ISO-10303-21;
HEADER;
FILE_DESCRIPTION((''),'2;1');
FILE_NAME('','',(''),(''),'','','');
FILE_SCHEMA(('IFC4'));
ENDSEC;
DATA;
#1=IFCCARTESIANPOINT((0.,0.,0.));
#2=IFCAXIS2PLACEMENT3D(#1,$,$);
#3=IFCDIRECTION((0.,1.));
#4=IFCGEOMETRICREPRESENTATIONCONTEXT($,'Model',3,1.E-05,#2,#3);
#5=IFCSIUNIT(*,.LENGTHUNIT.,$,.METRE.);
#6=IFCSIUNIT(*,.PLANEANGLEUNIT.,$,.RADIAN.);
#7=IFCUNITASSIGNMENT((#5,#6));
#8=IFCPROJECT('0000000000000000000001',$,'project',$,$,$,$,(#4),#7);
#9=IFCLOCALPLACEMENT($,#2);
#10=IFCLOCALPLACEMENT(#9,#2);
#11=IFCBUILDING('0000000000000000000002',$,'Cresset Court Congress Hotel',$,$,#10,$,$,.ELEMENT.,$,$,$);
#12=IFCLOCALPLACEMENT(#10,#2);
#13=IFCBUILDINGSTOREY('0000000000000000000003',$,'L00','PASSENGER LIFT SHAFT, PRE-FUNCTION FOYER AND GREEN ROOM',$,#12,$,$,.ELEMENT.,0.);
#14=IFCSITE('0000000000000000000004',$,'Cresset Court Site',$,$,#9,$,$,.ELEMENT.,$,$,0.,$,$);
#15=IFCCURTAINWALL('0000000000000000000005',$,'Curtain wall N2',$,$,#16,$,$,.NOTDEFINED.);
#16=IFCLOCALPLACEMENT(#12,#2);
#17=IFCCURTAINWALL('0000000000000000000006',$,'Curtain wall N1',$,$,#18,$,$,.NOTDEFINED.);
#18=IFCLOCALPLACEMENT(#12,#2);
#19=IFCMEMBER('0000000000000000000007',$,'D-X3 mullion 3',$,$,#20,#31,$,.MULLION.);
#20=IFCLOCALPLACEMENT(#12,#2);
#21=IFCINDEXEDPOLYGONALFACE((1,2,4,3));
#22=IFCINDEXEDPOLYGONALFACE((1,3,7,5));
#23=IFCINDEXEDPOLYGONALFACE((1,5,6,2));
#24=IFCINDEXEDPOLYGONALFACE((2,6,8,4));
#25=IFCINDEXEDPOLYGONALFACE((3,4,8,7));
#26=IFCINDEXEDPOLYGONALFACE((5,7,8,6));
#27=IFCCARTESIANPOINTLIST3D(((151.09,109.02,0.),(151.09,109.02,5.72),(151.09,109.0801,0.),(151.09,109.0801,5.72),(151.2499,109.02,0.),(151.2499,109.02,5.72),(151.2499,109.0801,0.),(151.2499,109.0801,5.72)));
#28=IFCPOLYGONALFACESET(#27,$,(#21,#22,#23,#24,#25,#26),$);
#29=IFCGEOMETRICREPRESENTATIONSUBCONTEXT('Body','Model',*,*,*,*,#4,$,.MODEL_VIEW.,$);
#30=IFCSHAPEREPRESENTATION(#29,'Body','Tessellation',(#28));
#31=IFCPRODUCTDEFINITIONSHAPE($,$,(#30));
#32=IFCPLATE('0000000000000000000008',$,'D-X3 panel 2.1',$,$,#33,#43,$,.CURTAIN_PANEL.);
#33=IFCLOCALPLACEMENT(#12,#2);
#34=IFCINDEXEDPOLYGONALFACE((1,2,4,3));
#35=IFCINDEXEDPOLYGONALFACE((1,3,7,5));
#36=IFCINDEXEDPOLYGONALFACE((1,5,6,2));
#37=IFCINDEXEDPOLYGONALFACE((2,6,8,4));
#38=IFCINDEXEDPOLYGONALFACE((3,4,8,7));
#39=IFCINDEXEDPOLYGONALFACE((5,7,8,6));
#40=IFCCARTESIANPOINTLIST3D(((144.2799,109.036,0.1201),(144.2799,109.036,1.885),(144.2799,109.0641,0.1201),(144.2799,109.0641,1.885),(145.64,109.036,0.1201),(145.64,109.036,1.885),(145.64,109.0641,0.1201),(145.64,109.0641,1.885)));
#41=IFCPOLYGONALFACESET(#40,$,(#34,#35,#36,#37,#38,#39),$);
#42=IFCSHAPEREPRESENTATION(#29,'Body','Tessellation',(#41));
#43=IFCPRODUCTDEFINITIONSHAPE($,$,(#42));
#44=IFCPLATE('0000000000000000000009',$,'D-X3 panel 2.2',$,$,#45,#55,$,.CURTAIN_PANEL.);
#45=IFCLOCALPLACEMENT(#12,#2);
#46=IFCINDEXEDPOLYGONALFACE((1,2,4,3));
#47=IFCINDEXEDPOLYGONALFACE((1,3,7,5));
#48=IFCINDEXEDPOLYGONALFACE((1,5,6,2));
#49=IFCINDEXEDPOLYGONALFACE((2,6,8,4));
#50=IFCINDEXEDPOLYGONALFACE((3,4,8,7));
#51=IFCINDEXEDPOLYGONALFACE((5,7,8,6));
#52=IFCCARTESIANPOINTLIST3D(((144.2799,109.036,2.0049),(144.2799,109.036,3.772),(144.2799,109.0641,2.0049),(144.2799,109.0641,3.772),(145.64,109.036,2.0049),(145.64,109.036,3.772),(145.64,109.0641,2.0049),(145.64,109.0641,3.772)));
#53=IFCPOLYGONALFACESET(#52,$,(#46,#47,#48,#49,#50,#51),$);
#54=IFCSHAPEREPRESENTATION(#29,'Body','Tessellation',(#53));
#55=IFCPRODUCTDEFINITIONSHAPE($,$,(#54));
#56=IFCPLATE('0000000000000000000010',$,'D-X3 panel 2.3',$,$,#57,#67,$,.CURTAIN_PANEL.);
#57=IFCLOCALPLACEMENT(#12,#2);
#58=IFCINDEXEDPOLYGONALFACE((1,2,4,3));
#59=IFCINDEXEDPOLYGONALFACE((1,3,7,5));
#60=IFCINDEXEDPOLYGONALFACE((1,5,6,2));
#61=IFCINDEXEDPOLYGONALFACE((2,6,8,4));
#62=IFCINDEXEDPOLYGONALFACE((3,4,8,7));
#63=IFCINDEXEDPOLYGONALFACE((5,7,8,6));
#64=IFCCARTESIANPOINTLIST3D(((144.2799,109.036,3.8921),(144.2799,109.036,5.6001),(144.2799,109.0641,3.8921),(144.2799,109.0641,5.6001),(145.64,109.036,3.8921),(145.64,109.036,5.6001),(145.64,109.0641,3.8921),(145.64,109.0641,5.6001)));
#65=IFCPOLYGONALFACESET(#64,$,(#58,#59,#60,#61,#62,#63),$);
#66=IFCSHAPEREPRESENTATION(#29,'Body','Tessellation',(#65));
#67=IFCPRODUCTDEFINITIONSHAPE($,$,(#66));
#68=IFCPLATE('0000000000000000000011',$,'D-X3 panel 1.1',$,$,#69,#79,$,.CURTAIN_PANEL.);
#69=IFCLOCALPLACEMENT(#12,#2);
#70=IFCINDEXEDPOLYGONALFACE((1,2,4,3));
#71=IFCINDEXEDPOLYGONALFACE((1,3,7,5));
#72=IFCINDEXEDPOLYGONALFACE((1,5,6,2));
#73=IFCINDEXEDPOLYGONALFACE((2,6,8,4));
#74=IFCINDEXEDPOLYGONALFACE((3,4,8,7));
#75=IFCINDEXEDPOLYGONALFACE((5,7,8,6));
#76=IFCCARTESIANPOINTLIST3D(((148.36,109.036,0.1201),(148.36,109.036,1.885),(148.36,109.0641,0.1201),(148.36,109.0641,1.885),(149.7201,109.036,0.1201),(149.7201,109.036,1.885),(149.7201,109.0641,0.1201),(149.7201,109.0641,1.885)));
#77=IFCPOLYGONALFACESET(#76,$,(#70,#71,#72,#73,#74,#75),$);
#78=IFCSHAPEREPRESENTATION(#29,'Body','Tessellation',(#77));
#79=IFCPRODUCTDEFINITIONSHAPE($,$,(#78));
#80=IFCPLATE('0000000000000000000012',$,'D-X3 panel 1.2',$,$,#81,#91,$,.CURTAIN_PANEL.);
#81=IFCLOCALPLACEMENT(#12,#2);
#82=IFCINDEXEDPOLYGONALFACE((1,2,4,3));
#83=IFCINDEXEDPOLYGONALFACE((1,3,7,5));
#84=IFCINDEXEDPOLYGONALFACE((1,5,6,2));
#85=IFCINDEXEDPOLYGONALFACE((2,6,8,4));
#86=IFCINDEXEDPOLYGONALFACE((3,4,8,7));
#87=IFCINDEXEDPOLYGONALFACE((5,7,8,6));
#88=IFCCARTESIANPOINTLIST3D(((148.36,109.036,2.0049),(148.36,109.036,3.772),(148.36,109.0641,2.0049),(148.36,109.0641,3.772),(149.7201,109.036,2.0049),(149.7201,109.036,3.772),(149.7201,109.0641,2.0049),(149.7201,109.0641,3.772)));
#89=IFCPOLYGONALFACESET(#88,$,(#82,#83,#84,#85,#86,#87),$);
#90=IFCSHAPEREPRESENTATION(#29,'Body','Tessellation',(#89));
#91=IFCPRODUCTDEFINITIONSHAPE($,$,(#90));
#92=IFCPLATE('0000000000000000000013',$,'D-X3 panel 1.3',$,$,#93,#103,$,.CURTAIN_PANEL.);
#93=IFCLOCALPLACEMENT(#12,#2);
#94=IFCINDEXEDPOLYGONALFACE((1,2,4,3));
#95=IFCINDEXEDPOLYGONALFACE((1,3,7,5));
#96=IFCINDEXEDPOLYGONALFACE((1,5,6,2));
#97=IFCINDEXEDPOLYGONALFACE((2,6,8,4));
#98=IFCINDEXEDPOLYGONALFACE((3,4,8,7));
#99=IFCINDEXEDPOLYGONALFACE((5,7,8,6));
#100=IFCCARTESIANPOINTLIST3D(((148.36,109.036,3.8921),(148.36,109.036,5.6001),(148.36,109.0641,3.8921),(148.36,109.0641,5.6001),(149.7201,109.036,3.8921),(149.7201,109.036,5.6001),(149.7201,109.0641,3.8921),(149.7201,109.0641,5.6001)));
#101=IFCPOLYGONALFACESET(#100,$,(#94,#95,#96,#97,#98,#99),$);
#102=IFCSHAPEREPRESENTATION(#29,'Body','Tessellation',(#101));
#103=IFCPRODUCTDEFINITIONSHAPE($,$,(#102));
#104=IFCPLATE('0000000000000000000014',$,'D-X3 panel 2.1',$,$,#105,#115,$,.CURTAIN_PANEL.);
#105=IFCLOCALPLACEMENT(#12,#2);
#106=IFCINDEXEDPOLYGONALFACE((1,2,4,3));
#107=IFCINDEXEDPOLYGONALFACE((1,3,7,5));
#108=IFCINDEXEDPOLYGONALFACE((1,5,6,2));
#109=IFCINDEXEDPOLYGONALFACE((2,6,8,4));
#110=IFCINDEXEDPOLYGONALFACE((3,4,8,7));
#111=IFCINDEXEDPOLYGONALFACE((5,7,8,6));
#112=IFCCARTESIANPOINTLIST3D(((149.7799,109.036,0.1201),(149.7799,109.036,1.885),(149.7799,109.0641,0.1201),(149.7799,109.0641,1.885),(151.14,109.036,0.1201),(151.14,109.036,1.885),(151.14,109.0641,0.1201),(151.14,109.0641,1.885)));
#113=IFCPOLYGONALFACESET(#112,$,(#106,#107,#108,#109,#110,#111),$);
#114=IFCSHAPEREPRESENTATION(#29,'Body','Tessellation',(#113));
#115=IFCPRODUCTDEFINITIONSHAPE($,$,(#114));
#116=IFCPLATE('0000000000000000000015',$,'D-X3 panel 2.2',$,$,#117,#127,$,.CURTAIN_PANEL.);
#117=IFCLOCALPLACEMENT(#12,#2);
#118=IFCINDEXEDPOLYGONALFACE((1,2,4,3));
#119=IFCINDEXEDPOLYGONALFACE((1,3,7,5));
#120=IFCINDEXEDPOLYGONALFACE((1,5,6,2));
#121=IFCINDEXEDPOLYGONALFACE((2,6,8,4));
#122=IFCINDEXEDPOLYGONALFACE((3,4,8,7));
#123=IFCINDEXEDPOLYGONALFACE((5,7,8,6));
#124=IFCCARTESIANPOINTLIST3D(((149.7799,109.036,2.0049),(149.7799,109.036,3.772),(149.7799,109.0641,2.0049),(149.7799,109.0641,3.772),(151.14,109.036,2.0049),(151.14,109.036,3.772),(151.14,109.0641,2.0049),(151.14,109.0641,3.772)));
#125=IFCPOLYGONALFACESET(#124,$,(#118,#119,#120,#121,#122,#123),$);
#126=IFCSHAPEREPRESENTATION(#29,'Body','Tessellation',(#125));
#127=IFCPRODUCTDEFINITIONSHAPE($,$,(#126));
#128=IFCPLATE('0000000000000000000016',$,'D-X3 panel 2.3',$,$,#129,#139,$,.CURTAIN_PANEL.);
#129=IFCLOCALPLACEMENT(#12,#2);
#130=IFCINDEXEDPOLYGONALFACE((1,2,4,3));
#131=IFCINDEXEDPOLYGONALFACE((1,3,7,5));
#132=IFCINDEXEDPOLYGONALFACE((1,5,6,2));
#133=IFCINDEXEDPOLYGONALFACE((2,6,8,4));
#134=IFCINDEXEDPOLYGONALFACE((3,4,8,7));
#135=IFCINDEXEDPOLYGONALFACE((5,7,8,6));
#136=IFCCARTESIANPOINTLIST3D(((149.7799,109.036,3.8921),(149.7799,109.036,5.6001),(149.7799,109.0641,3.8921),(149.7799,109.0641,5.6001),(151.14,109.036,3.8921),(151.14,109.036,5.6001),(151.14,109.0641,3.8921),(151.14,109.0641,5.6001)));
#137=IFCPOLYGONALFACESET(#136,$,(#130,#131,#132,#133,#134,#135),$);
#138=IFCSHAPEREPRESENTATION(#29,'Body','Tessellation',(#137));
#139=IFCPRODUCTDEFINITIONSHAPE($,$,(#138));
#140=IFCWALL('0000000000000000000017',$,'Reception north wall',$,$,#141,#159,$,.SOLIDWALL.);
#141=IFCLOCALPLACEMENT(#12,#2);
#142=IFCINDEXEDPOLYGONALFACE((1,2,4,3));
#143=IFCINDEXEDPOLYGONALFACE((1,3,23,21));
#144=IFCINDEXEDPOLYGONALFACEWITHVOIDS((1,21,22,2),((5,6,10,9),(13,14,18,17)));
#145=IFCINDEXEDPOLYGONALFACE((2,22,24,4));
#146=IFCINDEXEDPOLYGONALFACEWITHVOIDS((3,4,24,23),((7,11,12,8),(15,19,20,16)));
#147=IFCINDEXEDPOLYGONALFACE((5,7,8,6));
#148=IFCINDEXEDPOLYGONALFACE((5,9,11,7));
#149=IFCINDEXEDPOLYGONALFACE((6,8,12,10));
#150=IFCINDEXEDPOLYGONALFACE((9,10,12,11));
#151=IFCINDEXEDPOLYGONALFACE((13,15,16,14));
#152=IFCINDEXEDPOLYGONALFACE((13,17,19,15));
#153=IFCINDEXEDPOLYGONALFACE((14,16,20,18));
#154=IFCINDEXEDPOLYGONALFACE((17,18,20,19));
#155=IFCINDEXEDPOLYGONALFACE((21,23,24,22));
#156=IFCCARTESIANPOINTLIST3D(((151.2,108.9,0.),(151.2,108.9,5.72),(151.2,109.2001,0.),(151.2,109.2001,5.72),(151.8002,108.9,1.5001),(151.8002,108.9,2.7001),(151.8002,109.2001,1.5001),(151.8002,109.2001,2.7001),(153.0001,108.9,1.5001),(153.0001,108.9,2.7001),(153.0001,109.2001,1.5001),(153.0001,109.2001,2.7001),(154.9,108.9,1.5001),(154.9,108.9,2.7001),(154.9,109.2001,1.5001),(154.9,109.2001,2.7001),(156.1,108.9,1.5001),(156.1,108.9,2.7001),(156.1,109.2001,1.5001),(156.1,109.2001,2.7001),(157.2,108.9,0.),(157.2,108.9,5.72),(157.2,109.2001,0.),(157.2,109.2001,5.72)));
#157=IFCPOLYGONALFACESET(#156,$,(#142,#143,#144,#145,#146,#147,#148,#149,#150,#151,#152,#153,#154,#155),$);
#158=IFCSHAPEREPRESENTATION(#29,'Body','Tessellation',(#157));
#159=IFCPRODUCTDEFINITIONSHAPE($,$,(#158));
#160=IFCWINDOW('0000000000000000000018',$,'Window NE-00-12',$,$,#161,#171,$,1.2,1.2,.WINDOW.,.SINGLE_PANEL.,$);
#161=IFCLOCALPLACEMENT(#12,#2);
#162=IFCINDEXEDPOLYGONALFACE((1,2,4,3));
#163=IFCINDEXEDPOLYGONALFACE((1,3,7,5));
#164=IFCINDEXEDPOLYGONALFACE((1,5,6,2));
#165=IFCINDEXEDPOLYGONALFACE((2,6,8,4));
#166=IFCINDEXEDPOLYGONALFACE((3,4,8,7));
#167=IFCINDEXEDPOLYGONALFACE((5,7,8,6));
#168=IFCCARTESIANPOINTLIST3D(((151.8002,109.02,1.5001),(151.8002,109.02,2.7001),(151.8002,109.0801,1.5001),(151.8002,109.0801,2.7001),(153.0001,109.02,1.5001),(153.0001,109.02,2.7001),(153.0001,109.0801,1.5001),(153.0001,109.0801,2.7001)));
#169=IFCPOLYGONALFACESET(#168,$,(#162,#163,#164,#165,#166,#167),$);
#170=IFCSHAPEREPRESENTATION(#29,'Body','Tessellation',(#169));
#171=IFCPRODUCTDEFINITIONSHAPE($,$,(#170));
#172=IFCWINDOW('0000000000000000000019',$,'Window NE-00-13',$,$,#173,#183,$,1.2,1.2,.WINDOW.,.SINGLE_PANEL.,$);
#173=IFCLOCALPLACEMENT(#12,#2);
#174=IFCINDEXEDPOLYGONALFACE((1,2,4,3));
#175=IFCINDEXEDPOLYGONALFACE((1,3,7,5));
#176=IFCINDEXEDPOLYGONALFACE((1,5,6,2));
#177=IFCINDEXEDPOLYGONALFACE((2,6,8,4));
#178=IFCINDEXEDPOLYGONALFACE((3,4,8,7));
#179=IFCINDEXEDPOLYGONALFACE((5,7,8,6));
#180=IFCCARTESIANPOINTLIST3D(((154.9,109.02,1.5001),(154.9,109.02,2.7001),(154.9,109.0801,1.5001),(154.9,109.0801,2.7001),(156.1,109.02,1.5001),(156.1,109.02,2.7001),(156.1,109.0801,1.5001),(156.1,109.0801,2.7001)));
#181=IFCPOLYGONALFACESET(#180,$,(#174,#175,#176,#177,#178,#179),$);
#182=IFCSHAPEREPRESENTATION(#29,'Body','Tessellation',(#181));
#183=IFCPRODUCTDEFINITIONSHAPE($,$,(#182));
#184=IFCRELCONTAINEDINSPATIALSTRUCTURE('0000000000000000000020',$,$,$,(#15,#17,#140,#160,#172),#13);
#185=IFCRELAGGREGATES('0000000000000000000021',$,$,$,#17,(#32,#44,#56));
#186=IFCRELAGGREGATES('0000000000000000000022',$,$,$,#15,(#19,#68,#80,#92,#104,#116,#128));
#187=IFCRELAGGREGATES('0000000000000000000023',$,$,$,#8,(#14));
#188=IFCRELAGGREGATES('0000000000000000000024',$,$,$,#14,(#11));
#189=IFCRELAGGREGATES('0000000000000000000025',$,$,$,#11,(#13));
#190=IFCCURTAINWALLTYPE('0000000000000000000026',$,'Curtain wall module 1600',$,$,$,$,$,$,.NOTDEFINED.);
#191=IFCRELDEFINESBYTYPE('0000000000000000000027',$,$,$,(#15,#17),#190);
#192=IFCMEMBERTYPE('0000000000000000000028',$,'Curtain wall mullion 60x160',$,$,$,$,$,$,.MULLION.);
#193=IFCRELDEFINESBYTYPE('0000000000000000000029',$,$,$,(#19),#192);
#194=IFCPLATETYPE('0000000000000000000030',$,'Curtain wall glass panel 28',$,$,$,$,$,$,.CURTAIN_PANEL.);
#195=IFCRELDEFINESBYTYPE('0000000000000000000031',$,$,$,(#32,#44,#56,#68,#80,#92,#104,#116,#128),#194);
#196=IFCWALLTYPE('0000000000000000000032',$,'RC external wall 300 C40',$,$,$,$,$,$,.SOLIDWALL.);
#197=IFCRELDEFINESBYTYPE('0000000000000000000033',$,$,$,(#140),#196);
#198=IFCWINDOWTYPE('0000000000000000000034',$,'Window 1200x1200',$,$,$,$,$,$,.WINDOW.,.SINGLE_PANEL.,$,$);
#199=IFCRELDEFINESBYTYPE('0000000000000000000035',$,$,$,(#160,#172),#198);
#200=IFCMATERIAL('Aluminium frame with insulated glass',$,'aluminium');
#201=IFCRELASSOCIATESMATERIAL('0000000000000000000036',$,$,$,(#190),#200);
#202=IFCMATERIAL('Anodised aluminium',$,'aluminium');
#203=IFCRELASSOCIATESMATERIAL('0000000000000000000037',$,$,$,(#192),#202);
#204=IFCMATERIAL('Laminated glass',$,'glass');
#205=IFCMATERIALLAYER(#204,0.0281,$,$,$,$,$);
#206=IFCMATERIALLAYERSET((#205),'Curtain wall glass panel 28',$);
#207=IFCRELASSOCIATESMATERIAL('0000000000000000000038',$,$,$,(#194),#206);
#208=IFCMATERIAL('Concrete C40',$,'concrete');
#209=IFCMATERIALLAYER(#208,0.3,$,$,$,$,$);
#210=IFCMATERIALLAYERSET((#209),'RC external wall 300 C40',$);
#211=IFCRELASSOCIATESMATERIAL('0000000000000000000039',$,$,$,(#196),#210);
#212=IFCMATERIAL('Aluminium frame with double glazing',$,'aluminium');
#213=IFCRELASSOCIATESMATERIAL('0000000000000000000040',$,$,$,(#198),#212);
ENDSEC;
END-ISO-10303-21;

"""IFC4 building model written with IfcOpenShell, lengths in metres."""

from ifc_helpers import new_model, si_unit, direction, frame, frame_2d, origin, origin_2d, place, context, subcontext, project, spatial, rectangle, extrude, material, layer, layer_set, material_profile, profile_set, type_object, element, fill, aggregate, save


model = new_model("IFC4")

# Units and contexts
model_context = context("Model", 3, precision=1e-05, world=origin(), true_north=direction((0.0, 1.0)))
body_context = subcontext(model_context, "Body", "Model", "MODEL_VIEW")
ifc_project = project(units=[si_unit("LENGTHUNIT", "METRE"), si_unit("PLANEANGLEUNIT", "RADIAN")], contexts=[model_context])

# Site, building, storey
site_placement = place(None, origin())
site = spatial("IfcSite", under=ifc_project, at=site_placement, Name="Cresset Court Site", CompositionType="ELEMENT", RefElevation=0.0)
building_placement = place(site_placement, origin())
building = spatial("IfcBuilding", under=site, at=building_placement, Name="Cresset Court Congress Hotel", CompositionType="ELEMENT")
storey_placement = place(building_placement, origin())
storey = spatial("IfcBuildingStorey", under=building, at=storey_placement, Name="L00", Description="PASSENGER LIFT SHAFT, PRE-FUNCTION FOYER AND GREEN ROOM", CompositionType="ELEMENT", Elevation=0.0)

# Curtain wall
ifc_material_1 = material(Name="Aluminium frame with insulated glass", Category="aluminium")
curtain_wall_type = type_object("IfcCurtainWallType", Name="Curtain wall module 1600", PredefinedType="NOTDEFINED", material=ifc_material_1)
curtain_wall_1_placement = place(storey_placement, origin())
curtain_wall_1 = element("IfcCurtainWall", 1, at=curtain_wall_1_placement, inside=storey, type_object=curtain_wall_type, Name="Curtain wall N2", PredefinedType="NOTDEFINED")

# Curtain wall
curtain_wall_2_placement = place(storey_placement, origin())
curtain_wall_2 = element("IfcCurtainWall", 2, at=curtain_wall_2_placement, inside=storey, type_object=curtain_wall_type, Name="Curtain wall N1", PredefinedType="NOTDEFINED")
ifc_material_2 = material(Name="Anodised aluminium", Category="aluminium")
ifc_material_profile_1 = material_profile(ifc_material_2, rectangle(XDim=0.0601, YDim=0.1599, at=origin_2d()), Name="AL60x160")
ifc_profile_set_1 = profile_set([ifc_material_profile_1], Name="Anodised aluminium")
member_type_1 = type_object("IfcMemberType", Name="Curtain wall mullion 60x160", PredefinedType="MULLION", material=ifc_profile_set_1)

# Member
member_1_placement = place(storey_placement, frame((151.1699, 109.05, 0.0), z_axis=(0.0, 0.0, 1.0), x_axis=(0.0, 1.0, 0.0)))
member_1 = element("IfcMember", 3, at=member_1_placement, type_object=member_type_1, Name="D-X3 mullion 3", PredefinedType="MULLION", context=body_context, shape_type="SweptSolid", body=[
    extrude(rectangle(XDim=0.0601, YDim=0.1599, at=origin_2d()), origin(), (0.0, 0.0, 1.0), 5.72),
])

# Plates
ifc_material_3 = material(Name="Laminated glass", Category="glass")
ifc_layer_1 = layer(ifc_material_3, 0.0281)
ifc_layer_set_1 = layer_set([ifc_layer_1], Name="Curtain wall glass panel 28")
plate_type = type_object("IfcPlateType", Name="Curtain wall glass panel 28", PredefinedType="CURTAIN_PANEL", material=ifc_layer_set_1)
plate_1_placement = place(storey_placement, frame((144.96, 109.05, 0.1201), z_axis=(0.0, 0.0, 1.0), x_axis=(1.0, 0.0, 0.0)))
plate_1 = element("IfcPlate", 4, at=plate_1_placement, type_object=plate_type, Name="D-X3 panel 2.1", PredefinedType="CURTAIN_PANEL", context=body_context, shape_type="SweptSolid", body=[
    extrude(rectangle(XDim=1.3601, YDim=0.0281, at=origin_2d()), origin(), (0.0, 0.0, 1.0), 1.7649),
])
plate_2_placement = place(storey_placement, frame((144.96, 109.05, 2.0049), z_axis=(0.0, 0.0, 1.0), x_axis=(1.0, 0.0, 0.0)))
plate_2 = element("IfcPlate", 5, at=plate_2_placement, type_object=plate_type, Name="D-X3 panel 2.2", PredefinedType="CURTAIN_PANEL", context=body_context, shape_type="SweptSolid", body=[
    extrude(rectangle(XDim=1.3601, YDim=0.0281, at=origin_2d()), origin(), (0.0, 0.0, 1.0), 1.7671),
])
plate_3_placement = place(storey_placement, frame((144.96, 109.05, 3.8921), z_axis=(0.0, 0.0, 1.0), x_axis=(1.0, 0.0, 0.0)))
plate_3 = element("IfcPlate", 6, at=plate_3_placement, type_object=plate_type, Name="D-X3 panel 2.3", PredefinedType="CURTAIN_PANEL", context=body_context, shape_type="SweptSolid", body=[
    extrude(rectangle(XDim=1.3601, YDim=0.0281, at=origin_2d()), origin(), (0.0, 0.0, 1.0), 1.708),
])
aggregate(curtain_wall_2, [plate_1, plate_2, plate_3])
plate_4_placement = place(storey_placement, frame((149.04, 109.05, 0.1201), z_axis=(0.0, 0.0, 1.0), x_axis=(1.0, 0.0, 0.0)))
plate_4 = element("IfcPlate", 7, at=plate_4_placement, type_object=plate_type, Name="D-X3 panel 1.1", PredefinedType="CURTAIN_PANEL", context=body_context, shape_type="SweptSolid", body=[
    extrude(rectangle(XDim=1.3601, YDim=0.0281, at=origin_2d()), origin(), (0.0, 0.0, 1.0), 1.7649),
])
plate_5_placement = place(storey_placement, frame((149.04, 109.05, 2.0049), z_axis=(0.0, 0.0, 1.0), x_axis=(1.0, 0.0, 0.0)))
plate_5 = element("IfcPlate", 8, at=plate_5_placement, type_object=plate_type, Name="D-X3 panel 1.2", PredefinedType="CURTAIN_PANEL", context=body_context, shape_type="SweptSolid", body=[
    extrude(rectangle(XDim=1.3601, YDim=0.0281, at=origin_2d()), origin(), (0.0, 0.0, 1.0), 1.7671),
])
plate_6_placement = place(storey_placement, frame((149.04, 109.05, 3.8921), z_axis=(0.0, 0.0, 1.0), x_axis=(1.0, 0.0, 0.0)))
plate_6 = element("IfcPlate", 9, at=plate_6_placement, type_object=plate_type, Name="D-X3 panel 1.3", PredefinedType="CURTAIN_PANEL", context=body_context, shape_type="SweptSolid", body=[
    extrude(rectangle(XDim=1.3601, YDim=0.0281, at=origin_2d()), origin(), (0.0, 0.0, 1.0), 1.708),
])
plate_7_placement = place(storey_placement, frame((150.46, 109.05, 0.1201), z_axis=(0.0, 0.0, 1.0), x_axis=(1.0, 0.0, 0.0)))
plate_7 = element("IfcPlate", 10, at=plate_7_placement, type_object=plate_type, Name="D-X3 panel 2.1", PredefinedType="CURTAIN_PANEL", context=body_context, shape_type="SweptSolid", body=[
    extrude(rectangle(XDim=1.3601, YDim=0.0281, at=origin_2d()), origin(), (0.0, 0.0, 1.0), 1.7649),
])
plate_8_placement = place(storey_placement, frame((150.46, 109.05, 2.0049), z_axis=(0.0, 0.0, 1.0), x_axis=(1.0, 0.0, 0.0)))
plate_8 = element("IfcPlate", 11, at=plate_8_placement, type_object=plate_type, Name="D-X3 panel 2.2", PredefinedType="CURTAIN_PANEL", context=body_context, shape_type="SweptSolid", body=[
    extrude(rectangle(XDim=1.3601, YDim=0.0281, at=origin_2d()), origin(), (0.0, 0.0, 1.0), 1.7671),
])
plate_9_placement = place(storey_placement, frame((150.46, 109.05, 3.8921), z_axis=(0.0, 0.0, 1.0), x_axis=(1.0, 0.0, 0.0)))
plate_9 = element("IfcPlate", 12, at=plate_9_placement, type_object=plate_type, Name="D-X3 panel 2.3", PredefinedType="CURTAIN_PANEL", context=body_context, shape_type="SweptSolid", body=[
    extrude(rectangle(XDim=1.3601, YDim=0.0281, at=origin_2d()), origin(), (0.0, 0.0, 1.0), 1.708),
])
aggregate(curtain_wall_1, [member_1, plate_4, plate_5, plate_6, plate_7, plate_8, plate_9])

# Shared definitions
ifc_material_4 = material(Name="Concrete C40", Category="concrete")
ifc_layer_2 = layer(ifc_material_4, 0.3)
ifc_layer_set_2 = layer_set([ifc_layer_2], Name="RC external wall 300 C40")
wall_type = type_object("IfcWallType", Name="RC external wall 300 C40", PredefinedType="SOLIDWALL", material=ifc_layer_set_2)

# Wall, openings, windows
wall_1_placement = place(storey_placement, frame((151.2, 109.05, 0.0), z_axis=(0.0, 0.0, 1.0), x_axis=(1.0, 0.0, 0.0)))
wall_1 = element("IfcWall", 13, at=wall_1_placement, inside=storey, type_object=wall_type, Name="Reception north wall", PredefinedType="SOLIDWALL", context=body_context, shape_type="SweptSolid", body=[
    extrude(rectangle(XDim=6.0, YDim=0.3, at=frame_2d((3.0, 0.0))), origin(), (0.0, 0.0, 1.0), 5.72),
])
opening_1_placement = place(wall_1_placement, frame((0.6001, 0.0, 1.5)))
opening_1 = element("IfcOpeningElement", 14, at=opening_1_placement, cuts=wall_1, PredefinedType="OPENING", context=body_context, shape_type="SweptSolid", body=[
    extrude(rectangle(XDim=1.2, YDim=1.2, at=frame_2d((0.6001, 0.6001))), frame((0.0, 0.1599, 0.0), z_axis=(0.0, -1.0, 0.0), x_axis=(1.0, 0.0, 0.0)), (0.0, 0.0, 1.0), 0.3201),
])
opening_2_placement = place(wall_1_placement, frame((3.7, 0.0, 1.5)))
opening_2 = element("IfcOpeningElement", 15, at=opening_2_placement, cuts=wall_1, PredefinedType="OPENING", context=body_context, shape_type="SweptSolid", body=[
    extrude(rectangle(XDim=1.2, YDim=1.2, at=frame_2d((0.6001, 0.6001))), frame((0.0, 0.1599, 0.0), z_axis=(0.0, -1.0, 0.0), x_axis=(1.0, 0.0, 0.0)), (0.0, 0.0, 1.0), 0.3201),
])
ifc_material_5 = material(Name="Aluminium frame with double glazing", Category="aluminium")
window_type = type_object("IfcWindowType", Name="Window 1200x1200", PartitioningType="SINGLE_PANEL", PredefinedType="WINDOW", material=ifc_material_5)
window_1_placement = place(opening_1_placement, origin())
window_1 = element("IfcWindow", 16, at=window_1_placement, inside=storey, type_object=window_type, Name="Window NE-00-12", OverallHeight=1.2, OverallWidth=1.2, PartitioningType="SINGLE_PANEL", PredefinedType="WINDOW", context=body_context, shape_type="SweptSolid", body=[
    extrude(rectangle(XDim=1.2, YDim=1.2, at=frame_2d((0.6001, 0.6001))), frame((0.0, 0.03, 0.0), z_axis=(0.0, -1.0, 0.0), x_axis=(1.0, 0.0, 0.0)), (0.0, 0.0, 1.0), 0.0601),
])
fill(opening_1, window_1)
window_2_placement = place(opening_2_placement, origin())
window_2 = element("IfcWindow", 17, at=window_2_placement, inside=storey, type_object=window_type, Name="Window NE-00-13", OverallHeight=1.2, OverallWidth=1.2, PartitioningType="SINGLE_PANEL", PredefinedType="WINDOW", context=body_context, shape_type="SweptSolid", body=[
    extrude(rectangle(XDim=1.2, YDim=1.2, at=frame_2d((0.6001, 0.6001))), frame((0.0, 0.03, 0.0), z_axis=(0.0, -1.0, 0.0), x_axis=(1.0, 0.0, 0.0)), (0.0, 0.0, 1.0), 0.0601),
])
fill(opening_2, window_2)

save(model, "model.ifc")
